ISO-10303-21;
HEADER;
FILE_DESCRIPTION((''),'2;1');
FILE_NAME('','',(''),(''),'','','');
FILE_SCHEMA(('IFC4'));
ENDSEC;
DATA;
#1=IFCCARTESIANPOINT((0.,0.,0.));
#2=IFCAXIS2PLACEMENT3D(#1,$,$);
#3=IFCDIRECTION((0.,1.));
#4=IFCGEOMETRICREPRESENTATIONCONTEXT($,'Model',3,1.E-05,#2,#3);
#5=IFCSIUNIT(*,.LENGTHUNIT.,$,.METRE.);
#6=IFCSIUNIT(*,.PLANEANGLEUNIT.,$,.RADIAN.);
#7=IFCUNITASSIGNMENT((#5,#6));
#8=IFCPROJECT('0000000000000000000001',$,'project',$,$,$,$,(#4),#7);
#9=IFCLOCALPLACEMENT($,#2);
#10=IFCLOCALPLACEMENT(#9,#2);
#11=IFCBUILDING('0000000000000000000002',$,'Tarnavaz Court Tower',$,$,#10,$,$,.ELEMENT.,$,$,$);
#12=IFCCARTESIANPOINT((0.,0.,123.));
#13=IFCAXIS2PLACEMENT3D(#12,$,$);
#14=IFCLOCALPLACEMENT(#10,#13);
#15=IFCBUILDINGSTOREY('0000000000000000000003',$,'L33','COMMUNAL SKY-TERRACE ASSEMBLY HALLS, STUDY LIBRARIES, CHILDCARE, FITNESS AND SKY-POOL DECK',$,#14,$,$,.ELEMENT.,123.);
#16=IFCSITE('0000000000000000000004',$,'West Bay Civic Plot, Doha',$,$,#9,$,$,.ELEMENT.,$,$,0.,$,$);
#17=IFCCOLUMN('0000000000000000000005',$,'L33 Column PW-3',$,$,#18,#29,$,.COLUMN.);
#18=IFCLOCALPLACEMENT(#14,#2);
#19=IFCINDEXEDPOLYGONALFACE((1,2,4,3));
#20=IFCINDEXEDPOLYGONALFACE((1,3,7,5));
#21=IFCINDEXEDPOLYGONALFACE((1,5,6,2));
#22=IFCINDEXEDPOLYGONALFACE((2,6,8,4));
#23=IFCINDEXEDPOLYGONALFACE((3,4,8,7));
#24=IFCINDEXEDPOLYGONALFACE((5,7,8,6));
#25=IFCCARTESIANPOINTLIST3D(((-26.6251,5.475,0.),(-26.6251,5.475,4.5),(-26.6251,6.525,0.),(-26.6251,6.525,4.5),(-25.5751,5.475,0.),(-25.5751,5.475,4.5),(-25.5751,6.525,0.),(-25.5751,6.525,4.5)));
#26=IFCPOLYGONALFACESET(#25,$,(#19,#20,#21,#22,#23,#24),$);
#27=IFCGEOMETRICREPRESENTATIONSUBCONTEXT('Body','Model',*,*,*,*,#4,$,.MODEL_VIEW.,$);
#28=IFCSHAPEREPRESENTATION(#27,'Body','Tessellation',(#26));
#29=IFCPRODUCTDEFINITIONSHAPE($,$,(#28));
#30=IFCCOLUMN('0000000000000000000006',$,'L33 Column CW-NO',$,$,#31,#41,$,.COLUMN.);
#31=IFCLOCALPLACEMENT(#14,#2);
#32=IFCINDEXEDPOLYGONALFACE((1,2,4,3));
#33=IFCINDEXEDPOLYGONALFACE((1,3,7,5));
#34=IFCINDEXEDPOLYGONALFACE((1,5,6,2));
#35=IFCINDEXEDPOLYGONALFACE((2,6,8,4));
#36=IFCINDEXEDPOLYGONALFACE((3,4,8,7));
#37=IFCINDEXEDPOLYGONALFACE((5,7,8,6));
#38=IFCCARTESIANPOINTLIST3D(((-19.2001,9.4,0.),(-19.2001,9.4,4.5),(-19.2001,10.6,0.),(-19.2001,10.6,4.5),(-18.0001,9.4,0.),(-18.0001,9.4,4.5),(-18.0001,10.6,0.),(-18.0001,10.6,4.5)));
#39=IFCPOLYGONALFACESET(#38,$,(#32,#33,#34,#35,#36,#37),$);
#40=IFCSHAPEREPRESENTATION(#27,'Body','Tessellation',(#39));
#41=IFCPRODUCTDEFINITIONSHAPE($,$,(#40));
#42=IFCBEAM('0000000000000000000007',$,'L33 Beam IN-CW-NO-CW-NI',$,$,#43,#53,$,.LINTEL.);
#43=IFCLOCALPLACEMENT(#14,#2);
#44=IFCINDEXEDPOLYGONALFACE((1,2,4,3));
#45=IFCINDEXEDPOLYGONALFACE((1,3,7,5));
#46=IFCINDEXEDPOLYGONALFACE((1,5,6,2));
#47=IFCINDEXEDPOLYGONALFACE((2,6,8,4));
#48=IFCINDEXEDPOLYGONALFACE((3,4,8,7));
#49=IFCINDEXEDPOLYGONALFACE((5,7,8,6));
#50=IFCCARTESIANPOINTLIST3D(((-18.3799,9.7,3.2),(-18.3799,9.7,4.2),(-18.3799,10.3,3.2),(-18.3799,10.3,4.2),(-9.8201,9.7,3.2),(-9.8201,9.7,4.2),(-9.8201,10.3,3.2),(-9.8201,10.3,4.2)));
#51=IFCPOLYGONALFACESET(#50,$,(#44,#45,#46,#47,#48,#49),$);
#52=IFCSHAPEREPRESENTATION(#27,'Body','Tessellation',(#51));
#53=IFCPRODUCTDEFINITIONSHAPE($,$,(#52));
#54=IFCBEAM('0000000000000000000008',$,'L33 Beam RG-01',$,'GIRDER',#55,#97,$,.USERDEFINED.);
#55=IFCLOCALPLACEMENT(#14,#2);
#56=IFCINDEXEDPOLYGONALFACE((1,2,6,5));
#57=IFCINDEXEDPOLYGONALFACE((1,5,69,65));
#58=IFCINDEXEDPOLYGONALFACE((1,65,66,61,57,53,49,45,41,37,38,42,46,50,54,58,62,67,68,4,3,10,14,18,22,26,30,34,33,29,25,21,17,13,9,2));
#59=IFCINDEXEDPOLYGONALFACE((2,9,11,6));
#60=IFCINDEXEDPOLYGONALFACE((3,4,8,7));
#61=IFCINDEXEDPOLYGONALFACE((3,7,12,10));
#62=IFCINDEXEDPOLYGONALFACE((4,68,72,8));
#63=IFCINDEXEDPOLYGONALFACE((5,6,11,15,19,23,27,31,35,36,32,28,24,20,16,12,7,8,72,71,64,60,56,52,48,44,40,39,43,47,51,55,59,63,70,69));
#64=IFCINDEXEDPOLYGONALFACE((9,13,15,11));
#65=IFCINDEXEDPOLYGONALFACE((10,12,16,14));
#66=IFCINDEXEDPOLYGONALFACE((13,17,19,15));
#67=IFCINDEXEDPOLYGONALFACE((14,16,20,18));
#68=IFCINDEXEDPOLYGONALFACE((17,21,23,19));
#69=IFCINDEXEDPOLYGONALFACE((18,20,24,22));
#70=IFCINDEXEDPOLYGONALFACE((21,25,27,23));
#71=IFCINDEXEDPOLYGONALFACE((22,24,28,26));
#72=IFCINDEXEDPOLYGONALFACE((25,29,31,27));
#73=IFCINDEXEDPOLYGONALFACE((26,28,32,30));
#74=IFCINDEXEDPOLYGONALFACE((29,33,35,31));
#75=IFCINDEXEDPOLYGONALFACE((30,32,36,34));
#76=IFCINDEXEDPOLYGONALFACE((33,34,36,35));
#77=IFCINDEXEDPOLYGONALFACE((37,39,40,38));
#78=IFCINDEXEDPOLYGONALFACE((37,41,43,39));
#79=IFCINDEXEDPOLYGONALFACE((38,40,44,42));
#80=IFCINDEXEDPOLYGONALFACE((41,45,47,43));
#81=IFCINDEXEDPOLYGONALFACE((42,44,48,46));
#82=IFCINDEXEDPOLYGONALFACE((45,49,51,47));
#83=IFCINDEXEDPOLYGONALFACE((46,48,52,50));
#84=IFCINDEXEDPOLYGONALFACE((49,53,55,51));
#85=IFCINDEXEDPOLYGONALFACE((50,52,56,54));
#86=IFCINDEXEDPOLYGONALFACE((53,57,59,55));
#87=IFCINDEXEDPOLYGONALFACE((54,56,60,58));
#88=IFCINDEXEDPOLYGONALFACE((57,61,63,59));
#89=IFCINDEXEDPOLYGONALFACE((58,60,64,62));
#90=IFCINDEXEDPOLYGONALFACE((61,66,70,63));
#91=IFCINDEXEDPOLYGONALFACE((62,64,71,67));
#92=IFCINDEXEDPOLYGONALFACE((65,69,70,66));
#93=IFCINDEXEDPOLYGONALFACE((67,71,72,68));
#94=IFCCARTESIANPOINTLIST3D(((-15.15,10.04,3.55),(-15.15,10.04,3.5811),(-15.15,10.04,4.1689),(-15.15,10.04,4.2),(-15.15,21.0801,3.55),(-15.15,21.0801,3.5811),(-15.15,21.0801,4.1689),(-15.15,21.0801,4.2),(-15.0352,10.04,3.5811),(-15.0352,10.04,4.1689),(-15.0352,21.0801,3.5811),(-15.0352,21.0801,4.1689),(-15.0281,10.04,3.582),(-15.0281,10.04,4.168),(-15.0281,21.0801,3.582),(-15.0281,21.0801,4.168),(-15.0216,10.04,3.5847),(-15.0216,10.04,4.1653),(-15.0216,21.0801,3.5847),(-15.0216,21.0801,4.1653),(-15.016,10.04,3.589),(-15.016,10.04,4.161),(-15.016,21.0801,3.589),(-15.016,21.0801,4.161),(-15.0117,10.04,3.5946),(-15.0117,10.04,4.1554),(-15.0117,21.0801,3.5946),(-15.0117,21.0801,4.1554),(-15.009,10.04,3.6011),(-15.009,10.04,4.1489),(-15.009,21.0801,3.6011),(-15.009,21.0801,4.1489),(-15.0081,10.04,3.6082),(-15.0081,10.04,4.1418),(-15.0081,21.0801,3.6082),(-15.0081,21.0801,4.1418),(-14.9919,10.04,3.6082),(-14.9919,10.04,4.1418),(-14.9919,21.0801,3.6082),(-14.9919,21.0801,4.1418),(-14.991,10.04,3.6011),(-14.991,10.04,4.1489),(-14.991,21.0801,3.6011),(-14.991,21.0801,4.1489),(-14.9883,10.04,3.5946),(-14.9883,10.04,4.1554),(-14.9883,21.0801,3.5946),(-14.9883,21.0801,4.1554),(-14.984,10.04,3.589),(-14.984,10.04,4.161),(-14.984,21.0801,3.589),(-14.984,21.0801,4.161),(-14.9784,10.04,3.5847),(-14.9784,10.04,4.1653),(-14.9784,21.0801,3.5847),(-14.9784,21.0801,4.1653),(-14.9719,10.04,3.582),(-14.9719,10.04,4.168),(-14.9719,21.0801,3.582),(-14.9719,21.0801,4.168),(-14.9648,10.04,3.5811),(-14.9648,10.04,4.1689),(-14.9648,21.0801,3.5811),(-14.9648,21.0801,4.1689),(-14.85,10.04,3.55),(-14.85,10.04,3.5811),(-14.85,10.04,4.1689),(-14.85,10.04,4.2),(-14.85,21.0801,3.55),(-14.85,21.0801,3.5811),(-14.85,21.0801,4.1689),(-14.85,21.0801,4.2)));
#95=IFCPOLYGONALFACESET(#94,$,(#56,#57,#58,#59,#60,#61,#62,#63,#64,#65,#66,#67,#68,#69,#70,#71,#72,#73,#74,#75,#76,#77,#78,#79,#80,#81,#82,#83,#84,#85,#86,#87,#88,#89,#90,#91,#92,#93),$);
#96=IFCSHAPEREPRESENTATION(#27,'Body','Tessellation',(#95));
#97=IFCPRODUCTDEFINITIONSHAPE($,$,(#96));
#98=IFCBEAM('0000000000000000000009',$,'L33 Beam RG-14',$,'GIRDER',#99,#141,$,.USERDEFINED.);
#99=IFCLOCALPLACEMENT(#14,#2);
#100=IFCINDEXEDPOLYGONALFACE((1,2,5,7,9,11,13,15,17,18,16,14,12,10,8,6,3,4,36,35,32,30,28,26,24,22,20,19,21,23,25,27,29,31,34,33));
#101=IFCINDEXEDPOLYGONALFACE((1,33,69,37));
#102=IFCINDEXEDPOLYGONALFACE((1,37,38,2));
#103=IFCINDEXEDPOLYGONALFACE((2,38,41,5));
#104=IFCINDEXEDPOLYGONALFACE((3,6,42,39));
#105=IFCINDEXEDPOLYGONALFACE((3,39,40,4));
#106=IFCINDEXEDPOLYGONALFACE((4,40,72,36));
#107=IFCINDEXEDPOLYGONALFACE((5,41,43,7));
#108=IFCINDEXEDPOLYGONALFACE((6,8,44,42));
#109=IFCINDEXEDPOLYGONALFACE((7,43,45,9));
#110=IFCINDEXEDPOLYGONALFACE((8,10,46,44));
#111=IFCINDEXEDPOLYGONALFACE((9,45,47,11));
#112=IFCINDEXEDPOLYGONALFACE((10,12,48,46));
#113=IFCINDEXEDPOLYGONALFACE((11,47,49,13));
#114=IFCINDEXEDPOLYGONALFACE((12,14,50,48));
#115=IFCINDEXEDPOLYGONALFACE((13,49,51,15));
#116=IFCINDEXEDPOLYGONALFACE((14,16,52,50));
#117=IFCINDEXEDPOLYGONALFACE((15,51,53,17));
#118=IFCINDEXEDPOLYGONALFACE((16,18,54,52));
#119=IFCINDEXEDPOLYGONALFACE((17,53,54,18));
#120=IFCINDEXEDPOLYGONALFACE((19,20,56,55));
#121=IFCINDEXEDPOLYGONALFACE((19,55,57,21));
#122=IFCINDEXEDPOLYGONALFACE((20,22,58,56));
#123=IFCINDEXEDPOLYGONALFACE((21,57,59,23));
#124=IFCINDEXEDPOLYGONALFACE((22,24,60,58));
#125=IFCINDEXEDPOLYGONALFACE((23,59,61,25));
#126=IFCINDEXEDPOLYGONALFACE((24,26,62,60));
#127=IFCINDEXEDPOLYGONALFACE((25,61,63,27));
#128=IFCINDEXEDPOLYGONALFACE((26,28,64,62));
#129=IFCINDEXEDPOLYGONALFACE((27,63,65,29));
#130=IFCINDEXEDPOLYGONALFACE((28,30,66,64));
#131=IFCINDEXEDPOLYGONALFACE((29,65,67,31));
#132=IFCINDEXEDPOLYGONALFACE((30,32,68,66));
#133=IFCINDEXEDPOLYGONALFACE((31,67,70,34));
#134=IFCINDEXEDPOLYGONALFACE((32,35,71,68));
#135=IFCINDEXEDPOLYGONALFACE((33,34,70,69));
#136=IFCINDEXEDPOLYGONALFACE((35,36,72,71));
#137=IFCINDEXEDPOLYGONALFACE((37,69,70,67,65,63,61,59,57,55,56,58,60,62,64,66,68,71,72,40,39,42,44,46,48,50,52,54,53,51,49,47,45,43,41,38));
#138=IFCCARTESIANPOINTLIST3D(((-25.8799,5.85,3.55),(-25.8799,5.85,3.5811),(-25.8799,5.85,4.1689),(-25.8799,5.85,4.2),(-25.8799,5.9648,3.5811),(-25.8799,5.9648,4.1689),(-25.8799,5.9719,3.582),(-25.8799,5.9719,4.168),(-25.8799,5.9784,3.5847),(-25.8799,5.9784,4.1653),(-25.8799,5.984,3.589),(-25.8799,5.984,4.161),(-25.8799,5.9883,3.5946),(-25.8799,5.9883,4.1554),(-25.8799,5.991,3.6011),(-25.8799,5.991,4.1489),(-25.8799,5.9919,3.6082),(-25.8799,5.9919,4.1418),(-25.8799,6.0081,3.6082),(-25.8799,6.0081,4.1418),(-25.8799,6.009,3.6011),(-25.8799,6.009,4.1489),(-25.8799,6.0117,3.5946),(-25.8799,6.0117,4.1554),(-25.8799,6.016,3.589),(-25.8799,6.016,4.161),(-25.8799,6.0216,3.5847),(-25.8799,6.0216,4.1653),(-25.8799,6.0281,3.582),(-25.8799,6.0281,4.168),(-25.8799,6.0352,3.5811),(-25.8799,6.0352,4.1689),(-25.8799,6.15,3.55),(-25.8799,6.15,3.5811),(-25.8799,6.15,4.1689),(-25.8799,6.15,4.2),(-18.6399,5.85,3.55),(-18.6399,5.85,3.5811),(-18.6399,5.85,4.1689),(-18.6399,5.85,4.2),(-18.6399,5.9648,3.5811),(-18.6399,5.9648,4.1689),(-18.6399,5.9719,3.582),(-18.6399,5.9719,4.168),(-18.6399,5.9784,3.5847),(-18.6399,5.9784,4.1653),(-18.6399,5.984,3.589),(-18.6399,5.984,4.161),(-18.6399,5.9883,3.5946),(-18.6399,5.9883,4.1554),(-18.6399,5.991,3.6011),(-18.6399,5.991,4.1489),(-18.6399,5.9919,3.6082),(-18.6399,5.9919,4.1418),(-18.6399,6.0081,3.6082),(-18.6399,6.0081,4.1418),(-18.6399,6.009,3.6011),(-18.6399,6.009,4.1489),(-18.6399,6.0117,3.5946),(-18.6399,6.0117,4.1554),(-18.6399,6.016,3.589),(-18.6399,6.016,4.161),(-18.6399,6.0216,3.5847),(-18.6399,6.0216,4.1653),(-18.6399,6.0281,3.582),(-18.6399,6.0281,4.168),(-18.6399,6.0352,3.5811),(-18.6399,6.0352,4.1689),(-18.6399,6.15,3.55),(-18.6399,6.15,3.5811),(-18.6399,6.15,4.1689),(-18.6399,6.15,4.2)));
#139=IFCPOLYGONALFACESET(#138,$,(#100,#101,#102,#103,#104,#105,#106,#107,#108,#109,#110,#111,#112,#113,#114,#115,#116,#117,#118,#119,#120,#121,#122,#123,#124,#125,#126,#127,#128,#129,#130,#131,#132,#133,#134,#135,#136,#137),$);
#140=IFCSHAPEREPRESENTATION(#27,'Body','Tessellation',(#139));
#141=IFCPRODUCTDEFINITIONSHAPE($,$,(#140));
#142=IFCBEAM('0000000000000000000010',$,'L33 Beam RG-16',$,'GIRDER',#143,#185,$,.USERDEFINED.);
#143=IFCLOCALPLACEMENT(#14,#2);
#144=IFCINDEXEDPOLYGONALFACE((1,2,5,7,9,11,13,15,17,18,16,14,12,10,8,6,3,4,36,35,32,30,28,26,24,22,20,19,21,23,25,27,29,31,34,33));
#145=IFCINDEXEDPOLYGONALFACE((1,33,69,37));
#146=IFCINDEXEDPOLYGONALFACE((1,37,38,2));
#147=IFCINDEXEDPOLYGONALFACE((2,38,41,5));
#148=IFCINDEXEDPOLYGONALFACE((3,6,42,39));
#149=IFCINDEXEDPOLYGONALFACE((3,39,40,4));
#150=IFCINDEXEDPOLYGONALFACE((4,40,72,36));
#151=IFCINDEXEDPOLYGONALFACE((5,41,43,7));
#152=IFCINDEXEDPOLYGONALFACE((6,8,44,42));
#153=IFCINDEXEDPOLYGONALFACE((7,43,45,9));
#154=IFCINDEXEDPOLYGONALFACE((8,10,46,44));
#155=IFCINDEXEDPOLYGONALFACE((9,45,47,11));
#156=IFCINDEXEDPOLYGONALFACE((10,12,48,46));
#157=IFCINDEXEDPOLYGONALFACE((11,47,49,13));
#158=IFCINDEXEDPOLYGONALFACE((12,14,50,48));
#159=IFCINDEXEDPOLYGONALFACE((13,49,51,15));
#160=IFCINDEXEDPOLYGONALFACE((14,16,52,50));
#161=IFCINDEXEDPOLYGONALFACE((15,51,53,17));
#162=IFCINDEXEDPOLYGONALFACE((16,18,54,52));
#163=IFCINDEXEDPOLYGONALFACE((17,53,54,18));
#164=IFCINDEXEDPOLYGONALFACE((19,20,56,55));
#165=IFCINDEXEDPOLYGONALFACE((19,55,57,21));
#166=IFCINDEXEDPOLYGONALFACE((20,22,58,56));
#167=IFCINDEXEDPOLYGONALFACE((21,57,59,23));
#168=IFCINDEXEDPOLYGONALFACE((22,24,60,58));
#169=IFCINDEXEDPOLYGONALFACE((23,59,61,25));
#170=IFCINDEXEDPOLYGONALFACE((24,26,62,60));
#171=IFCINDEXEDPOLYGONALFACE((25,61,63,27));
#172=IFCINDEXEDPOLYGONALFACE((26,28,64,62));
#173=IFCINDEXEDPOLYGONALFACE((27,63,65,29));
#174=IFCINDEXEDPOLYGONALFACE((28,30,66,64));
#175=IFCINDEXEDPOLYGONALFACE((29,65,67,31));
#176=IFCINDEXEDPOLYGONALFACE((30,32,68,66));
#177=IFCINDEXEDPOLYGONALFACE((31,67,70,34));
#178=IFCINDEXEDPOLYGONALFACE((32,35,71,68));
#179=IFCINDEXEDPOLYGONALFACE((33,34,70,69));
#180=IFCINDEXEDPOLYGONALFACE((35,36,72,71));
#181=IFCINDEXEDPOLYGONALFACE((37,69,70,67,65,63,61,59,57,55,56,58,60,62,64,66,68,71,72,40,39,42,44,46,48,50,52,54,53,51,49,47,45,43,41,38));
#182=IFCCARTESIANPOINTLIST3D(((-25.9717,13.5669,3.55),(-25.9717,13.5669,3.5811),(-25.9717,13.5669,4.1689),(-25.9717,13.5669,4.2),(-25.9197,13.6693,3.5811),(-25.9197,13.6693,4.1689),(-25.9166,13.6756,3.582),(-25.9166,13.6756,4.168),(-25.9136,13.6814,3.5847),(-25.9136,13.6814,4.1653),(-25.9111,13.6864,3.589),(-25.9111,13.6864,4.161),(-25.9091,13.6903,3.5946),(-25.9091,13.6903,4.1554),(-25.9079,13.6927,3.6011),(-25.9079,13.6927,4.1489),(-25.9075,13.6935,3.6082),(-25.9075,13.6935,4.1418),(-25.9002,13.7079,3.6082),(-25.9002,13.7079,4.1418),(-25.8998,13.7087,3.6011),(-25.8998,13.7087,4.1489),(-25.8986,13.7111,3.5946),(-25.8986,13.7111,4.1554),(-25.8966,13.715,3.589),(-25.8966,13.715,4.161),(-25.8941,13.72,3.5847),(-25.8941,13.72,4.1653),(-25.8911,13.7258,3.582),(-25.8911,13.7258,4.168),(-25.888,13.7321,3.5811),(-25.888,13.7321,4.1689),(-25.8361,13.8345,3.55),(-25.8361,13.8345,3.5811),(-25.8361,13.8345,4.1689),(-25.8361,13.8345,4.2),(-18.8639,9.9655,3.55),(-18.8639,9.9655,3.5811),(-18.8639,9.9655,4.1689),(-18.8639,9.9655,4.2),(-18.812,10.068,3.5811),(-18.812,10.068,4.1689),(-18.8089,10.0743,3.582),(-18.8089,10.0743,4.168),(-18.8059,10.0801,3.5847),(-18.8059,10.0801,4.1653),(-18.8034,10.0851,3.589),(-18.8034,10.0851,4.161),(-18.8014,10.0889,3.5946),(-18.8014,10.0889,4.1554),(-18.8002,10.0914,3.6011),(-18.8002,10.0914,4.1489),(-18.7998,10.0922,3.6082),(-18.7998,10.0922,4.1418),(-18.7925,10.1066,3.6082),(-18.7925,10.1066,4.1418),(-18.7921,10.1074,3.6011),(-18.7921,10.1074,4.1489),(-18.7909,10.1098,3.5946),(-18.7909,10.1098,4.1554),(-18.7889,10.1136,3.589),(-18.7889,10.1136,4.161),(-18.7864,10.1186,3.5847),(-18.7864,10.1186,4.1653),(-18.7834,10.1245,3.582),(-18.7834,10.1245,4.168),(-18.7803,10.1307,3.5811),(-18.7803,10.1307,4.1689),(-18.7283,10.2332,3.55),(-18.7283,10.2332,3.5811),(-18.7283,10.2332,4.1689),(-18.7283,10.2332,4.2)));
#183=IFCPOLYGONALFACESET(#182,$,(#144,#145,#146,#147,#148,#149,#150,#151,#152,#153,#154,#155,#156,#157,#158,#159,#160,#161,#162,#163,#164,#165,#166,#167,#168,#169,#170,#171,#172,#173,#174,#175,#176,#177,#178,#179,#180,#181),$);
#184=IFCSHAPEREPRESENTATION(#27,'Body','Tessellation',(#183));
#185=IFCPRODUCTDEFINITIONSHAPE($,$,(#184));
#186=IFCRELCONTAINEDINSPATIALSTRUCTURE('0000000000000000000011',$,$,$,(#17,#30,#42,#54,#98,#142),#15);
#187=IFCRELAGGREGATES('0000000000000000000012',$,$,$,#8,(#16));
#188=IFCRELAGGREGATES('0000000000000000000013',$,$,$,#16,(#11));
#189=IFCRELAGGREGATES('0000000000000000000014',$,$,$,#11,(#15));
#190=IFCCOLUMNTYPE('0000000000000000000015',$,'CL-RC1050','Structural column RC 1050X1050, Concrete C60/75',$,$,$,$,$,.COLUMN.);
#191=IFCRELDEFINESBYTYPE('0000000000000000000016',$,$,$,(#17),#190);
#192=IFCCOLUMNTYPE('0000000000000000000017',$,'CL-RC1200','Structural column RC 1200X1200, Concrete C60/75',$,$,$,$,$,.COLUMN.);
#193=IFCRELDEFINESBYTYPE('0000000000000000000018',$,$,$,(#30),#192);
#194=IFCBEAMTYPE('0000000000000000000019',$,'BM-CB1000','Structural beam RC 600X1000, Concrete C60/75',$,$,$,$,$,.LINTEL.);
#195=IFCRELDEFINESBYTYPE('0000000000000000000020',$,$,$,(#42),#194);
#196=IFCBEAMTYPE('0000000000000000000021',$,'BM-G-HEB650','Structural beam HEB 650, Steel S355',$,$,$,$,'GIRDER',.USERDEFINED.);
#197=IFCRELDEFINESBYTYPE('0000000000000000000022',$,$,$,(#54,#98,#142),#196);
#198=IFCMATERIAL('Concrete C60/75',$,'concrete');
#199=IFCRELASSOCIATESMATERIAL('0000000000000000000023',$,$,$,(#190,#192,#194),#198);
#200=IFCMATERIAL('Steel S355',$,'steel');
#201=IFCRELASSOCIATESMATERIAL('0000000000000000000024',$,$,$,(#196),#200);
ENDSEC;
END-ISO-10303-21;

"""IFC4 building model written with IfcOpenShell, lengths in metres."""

from ifc_helpers import new_model, si_unit, direction, frame, origin, origin_2d, place, context, subcontext, project, spatial, rectangle, i_section, extrude, material, material_profile, profile_set, type_object, element, save


model = new_model("IFC4")

# Units and contexts
model_context = context("Model", 3, precision=1e-05, world=origin(), true_north=direction((0.0, 1.0)))
body_context = subcontext(model_context, "Body", "Model", "MODEL_VIEW")
ifc_project = project(units=[si_unit("LENGTHUNIT", "METRE"), si_unit("PLANEANGLEUNIT", "RADIAN")], contexts=[model_context])

# Site, building, storey
site_placement = place(None, origin())
site = spatial("IfcSite", under=ifc_project, at=site_placement, Name="West Bay Civic Plot, Doha", CompositionType="ELEMENT", RefElevation=0.0)
building_placement = place(site_placement, origin())
building = spatial("IfcBuilding", under=site, at=building_placement, Name="Tarnavaz Court Tower", CompositionType="ELEMENT")
storey_placement = place(building_placement, frame((0.0, 0.0, 123.0)))
storey = spatial("IfcBuildingStorey", under=building, at=storey_placement, Name="L33", Description="COMMUNAL SKY-TERRACE ASSEMBLY HALLS, STUDY LIBRARIES, CHILDCARE, FITNESS AND SKY-POOL DECK", CompositionType="ELEMENT", Elevation=123.0)

# Columns
ifc_material_1 = material(Name="Concrete C60/75", Category="concrete")
ifc_material_profile_1 = material_profile(ifc_material_1, rectangle(XDim=1.05, YDim=1.05, at=origin_2d()), Name="RC 1050X1050")
ifc_profile_set_1 = profile_set([ifc_material_profile_1], Name="Concrete C60/75")
column_type_1 = type_object("IfcColumnType", Name="CL-RC1050", Description="Structural column RC 1050X1050, Concrete C60/75", PredefinedType="COLUMN", material=ifc_profile_set_1)
column_1_placement = place(storey_placement, frame((-26.1001, 6.0, 0.0), z_axis=(0.0, 0.0, 1.0), x_axis=(1.0, 0.0, 0.0)))
element("IfcColumn", 1, at=column_1_placement, inside=storey, type_object=column_type_1, Name="L33 Column PW-3", PredefinedType="COLUMN", context=body_context, shape_type="SweptSolid", body=[
    extrude(rectangle(XDim=1.05, YDim=1.05, at=origin_2d()), origin(), (0.0, 0.0, 1.0), 4.5),
])
ifc_material_profile_2 = material_profile(ifc_material_1, rectangle(XDim=1.2, YDim=1.2, at=origin_2d()), Name="RC 1200X1200")
ifc_profile_set_2 = profile_set([ifc_material_profile_2], Name="Concrete C60/75")
column_type_2 = type_object("IfcColumnType", Name="CL-RC1200", Description="Structural column RC 1200X1200, Concrete C60/75", PredefinedType="COLUMN", material=ifc_profile_set_2)
column_2_placement = place(storey_placement, frame((-18.6001, 10.0, 0.0), z_axis=(0.0, 0.0, 1.0), x_axis=(1.0, 0.0, 0.0)))
element("IfcColumn", 2, at=column_2_placement, inside=storey, type_object=column_type_2, Name="L33 Column CW-NO", PredefinedType="COLUMN", context=body_context, shape_type="SweptSolid", body=[
    extrude(rectangle(XDim=1.2, YDim=1.2, at=origin_2d()), origin(), (0.0, 0.0, 1.0), 4.5),
])

# Beams
ifc_material_profile_3 = material_profile(ifc_material_1, rectangle(XDim=0.6001, YDim=1.0, at=origin_2d()), Name="RC 600X1000")
ifc_profile_set_3 = profile_set([ifc_material_profile_3], Name="Concrete C60/75")
beam_type_1 = type_object("IfcBeamType", Name="BM-CB1000", Description="Structural beam RC 600X1000, Concrete C60/75", PredefinedType="LINTEL", material=ifc_profile_set_3)
beam_1_placement = place(storey_placement, frame((-18.3799, 10.0, 3.7), z_axis=(1.0, 0.0, 0.0), x_axis=(0.0, 1.0, 0.0)))
element("IfcBeam", 3, at=beam_1_placement, inside=storey, type_object=beam_type_1, Name="L33 Beam IN-CW-NO-CW-NI", PredefinedType="LINTEL", context=body_context, shape_type="SweptSolid", body=[
    extrude(rectangle(XDim=0.6001, YDim=1.0, at=origin_2d()), origin(), (0.0, 0.0, 1.0), 8.5598),
])
ifc_material_2 = material(Name="Steel S355", Category="steel")
ifc_material_profile_4 = material_profile(ifc_material_2, i_section(OverallWidth=0.3, OverallDepth=0.6499, WebThickness=0.0161, FlangeThickness=0.031, FilletRadius=0.0271, at=origin_2d()), Name="HEB 650")
ifc_profile_set_4 = profile_set([ifc_material_profile_4], Name="Steel S355")
beam_type_2 = type_object("IfcBeamType", Name="BM-G-HEB650", Description="Structural beam HEB 650, Steel S355", ElementType="GIRDER", PredefinedType="USERDEFINED", material=ifc_profile_set_4)
beam_2_placement = place(storey_placement, frame((-15.0, 10.04, 3.875), z_axis=(0.0, 1.0, 0.0), x_axis=(-1.0, 0.0, 0.0)))
element("IfcBeam", 4, at=beam_2_placement, inside=storey, type_object=beam_type_2, Name="L33 Beam RG-01", ObjectType="GIRDER", PredefinedType="USERDEFINED", context=body_context, shape_type="SweptSolid", body=[
    extrude(i_section(OverallWidth=0.3, OverallDepth=0.6499, WebThickness=0.0161, FlangeThickness=0.031, FilletRadius=0.0271, at=origin_2d()), origin(), (0.0, 0.0, 1.0), 11.04),
])
beam_3_placement = place(storey_placement, frame((-18.6399, 6.0, 3.875), z_axis=(-1.0, 0.0, 0.0), x_axis=(0.0, -1.0, 0.0)))
element("IfcBeam", 5, at=beam_3_placement, inside=storey, type_object=beam_type_2, Name="L33 Beam RG-14", ObjectType="GIRDER", PredefinedType="USERDEFINED", context=body_context, shape_type="SweptSolid", body=[
    extrude(i_section(OverallWidth=0.3, OverallDepth=0.6499, WebThickness=0.0161, FlangeThickness=0.031, FilletRadius=0.0271, at=origin_2d()), origin(), (0.0, 0.0, 1.0), 7.24),
])
beam_4_placement = place(storey_placement, frame((-18.7961, 10.0994, 3.875), z_axis=(-0.892031, 0.451975, 0.0), x_axis=(-0.451975, -0.892031, 0.0)))
element("IfcBeam", 6, at=beam_4_placement, inside=storey, type_object=beam_type_2, Name="L33 Beam RG-16", ObjectType="GIRDER", PredefinedType="USERDEFINED", context=body_context, shape_type="SweptSolid", body=[
    extrude(i_section(OverallWidth=0.3, OverallDepth=0.6499, WebThickness=0.0161, FlangeThickness=0.031, FilletRadius=0.0271, at=origin_2d()), origin(), (0.0, 0.0, 1.0), 7.968),
])

save(model, "model.ifc")
